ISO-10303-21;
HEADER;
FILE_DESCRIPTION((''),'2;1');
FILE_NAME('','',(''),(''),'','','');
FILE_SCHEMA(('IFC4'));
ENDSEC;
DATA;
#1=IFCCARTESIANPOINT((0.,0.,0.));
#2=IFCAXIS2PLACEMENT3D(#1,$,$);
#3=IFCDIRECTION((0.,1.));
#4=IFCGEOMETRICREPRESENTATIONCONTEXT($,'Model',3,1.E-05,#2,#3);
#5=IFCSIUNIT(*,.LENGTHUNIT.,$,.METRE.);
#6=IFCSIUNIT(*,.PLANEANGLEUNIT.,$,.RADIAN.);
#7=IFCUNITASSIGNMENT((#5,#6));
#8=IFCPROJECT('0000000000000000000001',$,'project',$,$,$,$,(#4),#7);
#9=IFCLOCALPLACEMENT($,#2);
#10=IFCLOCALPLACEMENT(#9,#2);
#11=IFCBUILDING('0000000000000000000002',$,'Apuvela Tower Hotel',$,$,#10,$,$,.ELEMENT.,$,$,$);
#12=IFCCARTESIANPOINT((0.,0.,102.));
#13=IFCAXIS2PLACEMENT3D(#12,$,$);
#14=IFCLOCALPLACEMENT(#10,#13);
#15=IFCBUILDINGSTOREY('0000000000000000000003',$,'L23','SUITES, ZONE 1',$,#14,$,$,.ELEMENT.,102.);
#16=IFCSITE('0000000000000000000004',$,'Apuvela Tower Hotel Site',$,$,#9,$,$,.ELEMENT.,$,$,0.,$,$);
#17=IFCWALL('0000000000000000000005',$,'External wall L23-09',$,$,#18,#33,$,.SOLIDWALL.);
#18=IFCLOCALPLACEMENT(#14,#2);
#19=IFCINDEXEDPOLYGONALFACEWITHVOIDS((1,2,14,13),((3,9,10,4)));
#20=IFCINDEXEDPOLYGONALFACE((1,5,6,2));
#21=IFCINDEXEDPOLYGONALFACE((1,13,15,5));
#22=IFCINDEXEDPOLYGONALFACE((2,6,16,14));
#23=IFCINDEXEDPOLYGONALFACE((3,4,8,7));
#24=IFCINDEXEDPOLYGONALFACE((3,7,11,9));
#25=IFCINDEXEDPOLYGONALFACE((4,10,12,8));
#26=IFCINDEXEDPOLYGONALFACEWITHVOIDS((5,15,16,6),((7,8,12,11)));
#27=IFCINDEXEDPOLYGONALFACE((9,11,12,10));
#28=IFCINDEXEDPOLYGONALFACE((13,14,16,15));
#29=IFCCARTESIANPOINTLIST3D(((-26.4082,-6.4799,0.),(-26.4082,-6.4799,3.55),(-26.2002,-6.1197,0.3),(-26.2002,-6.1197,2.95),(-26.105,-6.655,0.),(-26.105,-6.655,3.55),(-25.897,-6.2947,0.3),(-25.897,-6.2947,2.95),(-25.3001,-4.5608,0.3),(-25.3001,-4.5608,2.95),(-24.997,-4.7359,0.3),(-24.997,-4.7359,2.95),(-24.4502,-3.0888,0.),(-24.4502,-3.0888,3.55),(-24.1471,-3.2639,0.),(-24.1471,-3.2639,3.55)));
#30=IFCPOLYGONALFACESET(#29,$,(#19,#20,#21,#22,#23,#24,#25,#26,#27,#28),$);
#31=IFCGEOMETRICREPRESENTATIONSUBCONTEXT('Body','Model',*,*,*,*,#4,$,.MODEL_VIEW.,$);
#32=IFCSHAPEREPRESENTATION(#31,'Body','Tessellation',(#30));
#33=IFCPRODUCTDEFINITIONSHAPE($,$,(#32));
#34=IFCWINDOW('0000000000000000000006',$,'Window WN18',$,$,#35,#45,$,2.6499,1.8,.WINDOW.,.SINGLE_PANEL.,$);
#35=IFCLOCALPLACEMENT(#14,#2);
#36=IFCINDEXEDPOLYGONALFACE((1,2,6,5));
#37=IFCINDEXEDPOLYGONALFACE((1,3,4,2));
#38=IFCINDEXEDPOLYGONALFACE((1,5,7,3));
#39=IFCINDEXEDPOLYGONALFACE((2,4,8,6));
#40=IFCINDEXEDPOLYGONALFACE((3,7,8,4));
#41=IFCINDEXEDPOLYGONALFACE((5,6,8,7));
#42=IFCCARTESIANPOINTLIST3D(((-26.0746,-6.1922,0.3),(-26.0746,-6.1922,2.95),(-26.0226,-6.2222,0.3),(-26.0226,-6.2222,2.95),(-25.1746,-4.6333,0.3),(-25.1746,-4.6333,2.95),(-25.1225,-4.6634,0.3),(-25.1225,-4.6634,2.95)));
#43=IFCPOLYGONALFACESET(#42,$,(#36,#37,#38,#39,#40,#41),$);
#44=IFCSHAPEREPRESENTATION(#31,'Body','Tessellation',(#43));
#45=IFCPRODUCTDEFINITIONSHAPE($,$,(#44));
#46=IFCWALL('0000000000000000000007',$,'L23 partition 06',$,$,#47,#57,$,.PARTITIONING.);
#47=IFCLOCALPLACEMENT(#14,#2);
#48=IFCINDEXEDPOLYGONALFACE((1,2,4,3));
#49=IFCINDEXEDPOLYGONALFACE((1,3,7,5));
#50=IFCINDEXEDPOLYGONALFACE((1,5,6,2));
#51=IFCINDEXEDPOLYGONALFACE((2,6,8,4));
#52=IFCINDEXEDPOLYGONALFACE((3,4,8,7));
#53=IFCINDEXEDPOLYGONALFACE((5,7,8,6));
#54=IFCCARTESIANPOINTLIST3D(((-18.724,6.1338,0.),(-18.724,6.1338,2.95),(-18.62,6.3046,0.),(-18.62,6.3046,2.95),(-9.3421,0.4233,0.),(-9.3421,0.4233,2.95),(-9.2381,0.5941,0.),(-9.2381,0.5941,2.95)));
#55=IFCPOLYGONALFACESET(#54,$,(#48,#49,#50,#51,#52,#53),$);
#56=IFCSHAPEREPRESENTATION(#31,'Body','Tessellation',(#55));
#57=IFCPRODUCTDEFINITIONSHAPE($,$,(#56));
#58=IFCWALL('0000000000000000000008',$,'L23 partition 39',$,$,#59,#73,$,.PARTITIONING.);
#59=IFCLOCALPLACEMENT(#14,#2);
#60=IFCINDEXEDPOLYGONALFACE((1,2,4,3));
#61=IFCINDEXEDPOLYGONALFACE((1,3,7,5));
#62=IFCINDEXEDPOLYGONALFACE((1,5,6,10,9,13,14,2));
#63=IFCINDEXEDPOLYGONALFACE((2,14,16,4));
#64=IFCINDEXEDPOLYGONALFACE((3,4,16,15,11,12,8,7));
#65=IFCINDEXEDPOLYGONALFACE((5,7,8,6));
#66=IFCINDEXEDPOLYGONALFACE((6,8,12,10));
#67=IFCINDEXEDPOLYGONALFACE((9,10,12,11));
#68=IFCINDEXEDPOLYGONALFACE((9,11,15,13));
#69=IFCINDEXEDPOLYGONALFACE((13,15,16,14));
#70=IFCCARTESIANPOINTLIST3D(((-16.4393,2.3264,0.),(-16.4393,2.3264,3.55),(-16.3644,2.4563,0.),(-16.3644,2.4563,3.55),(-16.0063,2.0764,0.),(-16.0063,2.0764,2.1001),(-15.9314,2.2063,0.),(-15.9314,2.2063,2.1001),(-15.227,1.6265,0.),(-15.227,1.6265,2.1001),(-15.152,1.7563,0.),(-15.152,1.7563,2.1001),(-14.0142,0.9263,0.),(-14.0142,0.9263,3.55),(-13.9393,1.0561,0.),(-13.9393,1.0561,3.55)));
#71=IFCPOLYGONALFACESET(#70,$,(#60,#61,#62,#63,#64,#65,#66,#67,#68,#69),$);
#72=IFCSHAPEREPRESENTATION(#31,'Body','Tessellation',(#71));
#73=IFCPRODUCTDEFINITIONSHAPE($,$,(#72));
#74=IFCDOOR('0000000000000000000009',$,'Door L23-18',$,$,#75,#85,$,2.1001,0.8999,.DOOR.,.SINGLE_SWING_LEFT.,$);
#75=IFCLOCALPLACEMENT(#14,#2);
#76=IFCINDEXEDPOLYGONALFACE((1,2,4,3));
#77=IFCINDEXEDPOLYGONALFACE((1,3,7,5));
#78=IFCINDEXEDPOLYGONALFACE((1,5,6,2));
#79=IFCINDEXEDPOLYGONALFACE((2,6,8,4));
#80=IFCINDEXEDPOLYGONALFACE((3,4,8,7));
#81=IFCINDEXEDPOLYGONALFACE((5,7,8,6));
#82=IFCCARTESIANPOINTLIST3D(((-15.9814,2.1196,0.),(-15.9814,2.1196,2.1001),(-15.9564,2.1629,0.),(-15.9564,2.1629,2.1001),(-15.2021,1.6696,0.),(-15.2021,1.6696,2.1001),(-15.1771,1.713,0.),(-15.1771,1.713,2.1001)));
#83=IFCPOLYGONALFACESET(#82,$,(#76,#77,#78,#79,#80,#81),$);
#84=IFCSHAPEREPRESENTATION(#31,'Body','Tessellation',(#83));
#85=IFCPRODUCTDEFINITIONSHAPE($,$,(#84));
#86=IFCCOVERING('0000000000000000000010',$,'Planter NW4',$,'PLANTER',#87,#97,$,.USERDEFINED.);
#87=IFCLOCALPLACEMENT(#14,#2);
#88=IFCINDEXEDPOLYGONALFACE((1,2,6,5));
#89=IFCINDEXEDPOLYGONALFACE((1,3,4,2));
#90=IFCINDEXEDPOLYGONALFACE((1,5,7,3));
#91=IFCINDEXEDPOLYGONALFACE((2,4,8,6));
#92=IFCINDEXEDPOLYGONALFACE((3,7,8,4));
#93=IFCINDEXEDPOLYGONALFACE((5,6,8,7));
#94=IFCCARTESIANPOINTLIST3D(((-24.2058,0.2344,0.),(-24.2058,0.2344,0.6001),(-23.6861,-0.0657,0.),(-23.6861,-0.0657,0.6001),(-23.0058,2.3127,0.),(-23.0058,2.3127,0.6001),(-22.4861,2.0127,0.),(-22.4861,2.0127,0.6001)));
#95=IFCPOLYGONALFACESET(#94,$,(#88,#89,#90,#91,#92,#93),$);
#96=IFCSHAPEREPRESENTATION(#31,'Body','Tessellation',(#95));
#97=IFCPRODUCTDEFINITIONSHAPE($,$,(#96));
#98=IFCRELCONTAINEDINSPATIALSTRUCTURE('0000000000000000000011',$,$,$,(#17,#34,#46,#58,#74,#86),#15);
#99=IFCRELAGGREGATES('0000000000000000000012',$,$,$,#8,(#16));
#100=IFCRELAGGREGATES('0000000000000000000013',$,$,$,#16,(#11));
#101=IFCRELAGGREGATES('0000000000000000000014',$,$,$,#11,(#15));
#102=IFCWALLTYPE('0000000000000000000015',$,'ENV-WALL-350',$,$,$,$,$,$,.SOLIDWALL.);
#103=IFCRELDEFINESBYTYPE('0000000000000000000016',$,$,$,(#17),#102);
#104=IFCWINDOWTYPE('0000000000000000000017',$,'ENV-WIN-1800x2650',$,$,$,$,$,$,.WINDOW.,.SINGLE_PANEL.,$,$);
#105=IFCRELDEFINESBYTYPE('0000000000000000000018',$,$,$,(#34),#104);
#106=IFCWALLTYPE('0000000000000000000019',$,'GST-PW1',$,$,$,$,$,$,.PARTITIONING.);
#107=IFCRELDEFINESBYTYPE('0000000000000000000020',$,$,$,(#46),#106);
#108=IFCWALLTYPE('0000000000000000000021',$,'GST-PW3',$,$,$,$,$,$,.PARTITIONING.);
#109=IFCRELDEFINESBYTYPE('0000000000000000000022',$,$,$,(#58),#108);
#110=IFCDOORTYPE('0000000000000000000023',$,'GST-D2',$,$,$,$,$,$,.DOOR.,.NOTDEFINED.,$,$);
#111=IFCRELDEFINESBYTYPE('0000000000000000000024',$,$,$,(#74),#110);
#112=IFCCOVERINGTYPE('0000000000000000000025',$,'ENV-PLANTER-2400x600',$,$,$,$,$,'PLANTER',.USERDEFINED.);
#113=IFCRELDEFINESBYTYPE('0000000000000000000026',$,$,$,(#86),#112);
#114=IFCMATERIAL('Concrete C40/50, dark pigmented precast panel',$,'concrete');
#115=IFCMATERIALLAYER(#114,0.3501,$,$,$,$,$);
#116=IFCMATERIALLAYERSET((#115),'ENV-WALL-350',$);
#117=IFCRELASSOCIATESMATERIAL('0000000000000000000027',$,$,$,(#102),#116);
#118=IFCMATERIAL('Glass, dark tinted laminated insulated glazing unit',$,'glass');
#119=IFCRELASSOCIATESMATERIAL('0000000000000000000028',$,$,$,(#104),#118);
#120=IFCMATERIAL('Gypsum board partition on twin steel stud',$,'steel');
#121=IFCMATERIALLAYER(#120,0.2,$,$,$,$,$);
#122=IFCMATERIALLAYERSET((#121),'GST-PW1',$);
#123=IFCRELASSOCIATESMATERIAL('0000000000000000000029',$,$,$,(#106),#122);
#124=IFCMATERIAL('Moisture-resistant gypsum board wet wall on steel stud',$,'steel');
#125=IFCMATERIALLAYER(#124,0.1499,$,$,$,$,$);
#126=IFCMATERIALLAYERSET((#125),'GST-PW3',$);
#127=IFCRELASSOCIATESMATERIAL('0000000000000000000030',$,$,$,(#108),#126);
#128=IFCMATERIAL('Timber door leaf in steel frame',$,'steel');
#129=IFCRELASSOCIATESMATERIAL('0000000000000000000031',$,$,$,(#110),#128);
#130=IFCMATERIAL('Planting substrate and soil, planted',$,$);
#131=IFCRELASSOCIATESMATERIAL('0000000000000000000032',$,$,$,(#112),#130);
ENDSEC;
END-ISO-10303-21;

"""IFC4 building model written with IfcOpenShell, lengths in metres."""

from ifc_helpers import new_model, si_unit, direction, frame, frame_2d, origin, origin_2d, place, context, subcontext, project, spatial, rectangle, extrude, material, layer, layer_set, type_object, element, fill, save


model = new_model("IFC4")

# Units and contexts
model_context = context("Model", 3, precision=1e-05, world=origin(), true_north=direction((0.0, 1.0)))
body_context = subcontext(model_context, "Body", "Model", "MODEL_VIEW")
ifc_project = project(units=[si_unit("LENGTHUNIT", "METRE"), si_unit("PLANEANGLEUNIT", "RADIAN")], contexts=[model_context])

# Site, building, storey
site_placement = place(None, origin())
site = spatial("IfcSite", under=ifc_project, at=site_placement, Name="Apuvela Tower Hotel Site", CompositionType="ELEMENT", RefElevation=0.0)
building_placement = place(site_placement, origin())
building = spatial("IfcBuilding", under=site, at=building_placement, Name="Apuvela Tower Hotel", CompositionType="ELEMENT")
storey_placement = place(building_placement, frame((0.0, 0.0, 102.0)))
storey = spatial("IfcBuildingStorey", under=building, at=storey_placement, Name="L23", Description="SUITES, ZONE 1", CompositionType="ELEMENT", Elevation=102.0)

# Shared definitions
ifc_material_1 = material(Name="Concrete C40/50, dark pigmented precast panel", Category="concrete")
ifc_layer_1 = layer(ifc_material_1, 0.3501)
ifc_layer_set_1 = layer_set([ifc_layer_1], Name="ENV-WALL-350")
wall_type_1 = type_object("IfcWallType", Name="ENV-WALL-350", PredefinedType="SOLIDWALL", material=ifc_layer_set_1)

# Shared definitions
ifc_material_2 = material(Name="Glass, dark tinted laminated insulated glazing unit", Category="glass")

# Wall, opening, window
wall_1_placement = place(storey_placement, frame((-24.2986, -3.1763, 0.0), z_axis=(0.0, 0.0, 1.0), x_axis=(-0.500028, -0.866009, 0.0)))
wall_1 = element("IfcWall", 1, at=wall_1_placement, inside=storey, type_object=wall_type_1, Name="External wall L23-09", PredefinedType="SOLIDWALL", context=body_context, shape_type="SweptSolid", body=[
    extrude(rectangle(XDim=3.9158, YDim=0.3501, at=frame_2d((1.958, 0.0))), origin(), (0.0, 0.0, 1.0), 3.55),
])
opening_1_placement = place(wall_1_placement, frame((1.7, 0.0, 0.3)))
opening_1 = element("IfcOpeningElement", 2, at=opening_1_placement, cuts=wall_1, PredefinedType="OPENING", context=body_context, shape_type="SweptSolid", body=[
    extrude(rectangle(XDim=1.8, YDim=2.6499, at=frame_2d((0.8999, 1.325))), frame((0.0, 0.1851, 0.0), z_axis=(0.0, -1.0, 0.0), x_axis=(1.0, 0.0, 0.0)), (0.0, 0.0, 1.0), 0.3701),
])
window_type_1 = type_object("IfcWindowType", Name="ENV-WIN-1800x2650", PartitioningType="SINGLE_PANEL", PredefinedType="WINDOW", material=ifc_material_2)
window_1_placement = place(opening_1_placement, origin())
window_1 = element("IfcWindow", 3, at=window_1_placement, inside=storey, type_object=window_type_1, Name="Window WN18", OverallHeight=2.6499, OverallWidth=1.8, PartitioningType="SINGLE_PANEL", PredefinedType="WINDOW", context=body_context, shape_type="SweptSolid", body=[
    extrude(rectangle(XDim=1.8, YDim=2.6499, at=frame_2d((0.8999, 1.325))), frame((0.0, 0.03, 0.0), z_axis=(0.0, -1.0, 0.0), x_axis=(1.0, 0.0, 0.0)), (0.0, 0.0, 1.0), 0.0601),
])
fill(opening_1, window_1)

# Wall
ifc_material_3 = material(Name="Gypsum board partition on twin steel stud", Category="steel")
ifc_layer_2 = layer(ifc_material_3, 0.2)
ifc_layer_set_2 = layer_set([ifc_layer_2], Name="GST-PW1")
wall_type_2 = type_object("IfcWallType", Name="GST-PW1", PredefinedType="PARTITIONING", material=ifc_layer_set_2)
wall_2_placement = place(storey_placement, frame((-18.6721, 6.2192, 0.0), z_axis=(0.0, 0.0, 1.0), x_axis=(0.854208, -0.519931, 0.0)))
element("IfcWall", 4, at=wall_2_placement, inside=storey, type_object=wall_type_2, Name="L23 partition 06", PredefinedType="PARTITIONING", context=body_context, shape_type="SweptSolid", body=[
    extrude(rectangle(XDim=10.9832, YDim=0.2, at=frame_2d((5.4917, 0.0))), origin(), (0.0, 0.0, 1.0), 2.95),
])

# Wall, opening, door
ifc_material_4 = material(Name="Moisture-resistant gypsum board wet wall on steel stud", Category="steel")
ifc_layer_3 = layer(ifc_material_4, 0.1499)
ifc_layer_set_3 = layer_set([ifc_layer_3], Name="GST-PW3")
wall_type_3 = type_object("IfcWallType", Name="GST-PW3", PredefinedType="PARTITIONING", material=ifc_layer_set_3)
wall_3_placement = place(storey_placement, frame((-16.4019, 2.3914, 0.0), z_axis=(0.0, 0.0, 1.0), x_axis=(0.866019, -0.500012, 0.0)))
wall_3 = element("IfcWall", 5, at=wall_3_placement, inside=storey, type_object=wall_type_3, Name="L23 partition 39", PredefinedType="PARTITIONING", context=body_context, shape_type="SweptSolid", body=[
    extrude(rectangle(XDim=2.8003, YDim=0.1499, at=frame_2d((1.4001, 0.0))), origin(), (0.0, 0.0, 1.0), 3.55),
])
opening_2_placement = place(wall_3_placement, frame((0.5, 0.0, 0.0)))
opening_2 = element("IfcOpeningElement", 6, at=opening_2_placement, cuts=wall_3, PredefinedType="OPENING", context=body_context, shape_type="SweptSolid", body=[
    extrude(rectangle(XDim=0.8999, YDim=2.1001, at=frame_2d((0.45, 1.05))), frame((0.0, 0.085, 0.0), z_axis=(0.0, -1.0, 0.0), x_axis=(1.0, 0.0, 0.0)), (0.0, 0.0, 1.0), 0.1699),
])
ifc_material_5 = material(Name="Timber door leaf in steel frame", Category="steel")
door_type_1 = type_object("IfcDoorType", Name="GST-D2", OperationType="NOTDEFINED", PredefinedType="DOOR", material=ifc_material_5)
door_1_placement = place(opening_2_placement, origin())
door_1 = element("IfcDoor", 7, at=door_1_placement, inside=storey, type_object=door_type_1, Name="Door L23-18", OperationType="SINGLE_SWING_LEFT", OverallHeight=2.1001, OverallWidth=0.8999, PredefinedType="DOOR", context=body_context, shape_type="SweptSolid", body=[
    extrude(rectangle(XDim=0.8999, YDim=2.1001, at=frame_2d((0.45, 1.05))), frame((0.0, 0.0249, 0.0), z_axis=(0.0, -1.0, 0.0), x_axis=(1.0, 0.0, 0.0)), (0.0, 0.0, 1.0), 0.05),
])
fill(opening_2, door_1)

# Covering
ifc_material_6 = material(Name="Planting substrate and soil, planted")
covering_type = type_object("IfcCoveringType", Name="ENV-PLANTER-2400x600", ElementType="PLANTER", PredefinedType="USERDEFINED", material=ifc_material_6)
covering_placement = place(storey_placement, frame((-23.3459, 1.1235, 0.0), z_axis=(0.0, 0.0, 1.0), x_axis=(-0.5, -0.866025, 0.0)))
element("IfcCovering", 8, at=covering_placement, inside=storey, type_object=covering_type, Name="Planter NW4", ObjectType="PLANTER", PredefinedType="USERDEFINED", context=body_context, shape_type="SweptSolid", body=[
    extrude(rectangle(XDim=2.3999, YDim=0.6001, at=origin_2d()), origin(), (0.0, 0.0, 1.0), 0.6001),
])

save(model, "model.ifc")
